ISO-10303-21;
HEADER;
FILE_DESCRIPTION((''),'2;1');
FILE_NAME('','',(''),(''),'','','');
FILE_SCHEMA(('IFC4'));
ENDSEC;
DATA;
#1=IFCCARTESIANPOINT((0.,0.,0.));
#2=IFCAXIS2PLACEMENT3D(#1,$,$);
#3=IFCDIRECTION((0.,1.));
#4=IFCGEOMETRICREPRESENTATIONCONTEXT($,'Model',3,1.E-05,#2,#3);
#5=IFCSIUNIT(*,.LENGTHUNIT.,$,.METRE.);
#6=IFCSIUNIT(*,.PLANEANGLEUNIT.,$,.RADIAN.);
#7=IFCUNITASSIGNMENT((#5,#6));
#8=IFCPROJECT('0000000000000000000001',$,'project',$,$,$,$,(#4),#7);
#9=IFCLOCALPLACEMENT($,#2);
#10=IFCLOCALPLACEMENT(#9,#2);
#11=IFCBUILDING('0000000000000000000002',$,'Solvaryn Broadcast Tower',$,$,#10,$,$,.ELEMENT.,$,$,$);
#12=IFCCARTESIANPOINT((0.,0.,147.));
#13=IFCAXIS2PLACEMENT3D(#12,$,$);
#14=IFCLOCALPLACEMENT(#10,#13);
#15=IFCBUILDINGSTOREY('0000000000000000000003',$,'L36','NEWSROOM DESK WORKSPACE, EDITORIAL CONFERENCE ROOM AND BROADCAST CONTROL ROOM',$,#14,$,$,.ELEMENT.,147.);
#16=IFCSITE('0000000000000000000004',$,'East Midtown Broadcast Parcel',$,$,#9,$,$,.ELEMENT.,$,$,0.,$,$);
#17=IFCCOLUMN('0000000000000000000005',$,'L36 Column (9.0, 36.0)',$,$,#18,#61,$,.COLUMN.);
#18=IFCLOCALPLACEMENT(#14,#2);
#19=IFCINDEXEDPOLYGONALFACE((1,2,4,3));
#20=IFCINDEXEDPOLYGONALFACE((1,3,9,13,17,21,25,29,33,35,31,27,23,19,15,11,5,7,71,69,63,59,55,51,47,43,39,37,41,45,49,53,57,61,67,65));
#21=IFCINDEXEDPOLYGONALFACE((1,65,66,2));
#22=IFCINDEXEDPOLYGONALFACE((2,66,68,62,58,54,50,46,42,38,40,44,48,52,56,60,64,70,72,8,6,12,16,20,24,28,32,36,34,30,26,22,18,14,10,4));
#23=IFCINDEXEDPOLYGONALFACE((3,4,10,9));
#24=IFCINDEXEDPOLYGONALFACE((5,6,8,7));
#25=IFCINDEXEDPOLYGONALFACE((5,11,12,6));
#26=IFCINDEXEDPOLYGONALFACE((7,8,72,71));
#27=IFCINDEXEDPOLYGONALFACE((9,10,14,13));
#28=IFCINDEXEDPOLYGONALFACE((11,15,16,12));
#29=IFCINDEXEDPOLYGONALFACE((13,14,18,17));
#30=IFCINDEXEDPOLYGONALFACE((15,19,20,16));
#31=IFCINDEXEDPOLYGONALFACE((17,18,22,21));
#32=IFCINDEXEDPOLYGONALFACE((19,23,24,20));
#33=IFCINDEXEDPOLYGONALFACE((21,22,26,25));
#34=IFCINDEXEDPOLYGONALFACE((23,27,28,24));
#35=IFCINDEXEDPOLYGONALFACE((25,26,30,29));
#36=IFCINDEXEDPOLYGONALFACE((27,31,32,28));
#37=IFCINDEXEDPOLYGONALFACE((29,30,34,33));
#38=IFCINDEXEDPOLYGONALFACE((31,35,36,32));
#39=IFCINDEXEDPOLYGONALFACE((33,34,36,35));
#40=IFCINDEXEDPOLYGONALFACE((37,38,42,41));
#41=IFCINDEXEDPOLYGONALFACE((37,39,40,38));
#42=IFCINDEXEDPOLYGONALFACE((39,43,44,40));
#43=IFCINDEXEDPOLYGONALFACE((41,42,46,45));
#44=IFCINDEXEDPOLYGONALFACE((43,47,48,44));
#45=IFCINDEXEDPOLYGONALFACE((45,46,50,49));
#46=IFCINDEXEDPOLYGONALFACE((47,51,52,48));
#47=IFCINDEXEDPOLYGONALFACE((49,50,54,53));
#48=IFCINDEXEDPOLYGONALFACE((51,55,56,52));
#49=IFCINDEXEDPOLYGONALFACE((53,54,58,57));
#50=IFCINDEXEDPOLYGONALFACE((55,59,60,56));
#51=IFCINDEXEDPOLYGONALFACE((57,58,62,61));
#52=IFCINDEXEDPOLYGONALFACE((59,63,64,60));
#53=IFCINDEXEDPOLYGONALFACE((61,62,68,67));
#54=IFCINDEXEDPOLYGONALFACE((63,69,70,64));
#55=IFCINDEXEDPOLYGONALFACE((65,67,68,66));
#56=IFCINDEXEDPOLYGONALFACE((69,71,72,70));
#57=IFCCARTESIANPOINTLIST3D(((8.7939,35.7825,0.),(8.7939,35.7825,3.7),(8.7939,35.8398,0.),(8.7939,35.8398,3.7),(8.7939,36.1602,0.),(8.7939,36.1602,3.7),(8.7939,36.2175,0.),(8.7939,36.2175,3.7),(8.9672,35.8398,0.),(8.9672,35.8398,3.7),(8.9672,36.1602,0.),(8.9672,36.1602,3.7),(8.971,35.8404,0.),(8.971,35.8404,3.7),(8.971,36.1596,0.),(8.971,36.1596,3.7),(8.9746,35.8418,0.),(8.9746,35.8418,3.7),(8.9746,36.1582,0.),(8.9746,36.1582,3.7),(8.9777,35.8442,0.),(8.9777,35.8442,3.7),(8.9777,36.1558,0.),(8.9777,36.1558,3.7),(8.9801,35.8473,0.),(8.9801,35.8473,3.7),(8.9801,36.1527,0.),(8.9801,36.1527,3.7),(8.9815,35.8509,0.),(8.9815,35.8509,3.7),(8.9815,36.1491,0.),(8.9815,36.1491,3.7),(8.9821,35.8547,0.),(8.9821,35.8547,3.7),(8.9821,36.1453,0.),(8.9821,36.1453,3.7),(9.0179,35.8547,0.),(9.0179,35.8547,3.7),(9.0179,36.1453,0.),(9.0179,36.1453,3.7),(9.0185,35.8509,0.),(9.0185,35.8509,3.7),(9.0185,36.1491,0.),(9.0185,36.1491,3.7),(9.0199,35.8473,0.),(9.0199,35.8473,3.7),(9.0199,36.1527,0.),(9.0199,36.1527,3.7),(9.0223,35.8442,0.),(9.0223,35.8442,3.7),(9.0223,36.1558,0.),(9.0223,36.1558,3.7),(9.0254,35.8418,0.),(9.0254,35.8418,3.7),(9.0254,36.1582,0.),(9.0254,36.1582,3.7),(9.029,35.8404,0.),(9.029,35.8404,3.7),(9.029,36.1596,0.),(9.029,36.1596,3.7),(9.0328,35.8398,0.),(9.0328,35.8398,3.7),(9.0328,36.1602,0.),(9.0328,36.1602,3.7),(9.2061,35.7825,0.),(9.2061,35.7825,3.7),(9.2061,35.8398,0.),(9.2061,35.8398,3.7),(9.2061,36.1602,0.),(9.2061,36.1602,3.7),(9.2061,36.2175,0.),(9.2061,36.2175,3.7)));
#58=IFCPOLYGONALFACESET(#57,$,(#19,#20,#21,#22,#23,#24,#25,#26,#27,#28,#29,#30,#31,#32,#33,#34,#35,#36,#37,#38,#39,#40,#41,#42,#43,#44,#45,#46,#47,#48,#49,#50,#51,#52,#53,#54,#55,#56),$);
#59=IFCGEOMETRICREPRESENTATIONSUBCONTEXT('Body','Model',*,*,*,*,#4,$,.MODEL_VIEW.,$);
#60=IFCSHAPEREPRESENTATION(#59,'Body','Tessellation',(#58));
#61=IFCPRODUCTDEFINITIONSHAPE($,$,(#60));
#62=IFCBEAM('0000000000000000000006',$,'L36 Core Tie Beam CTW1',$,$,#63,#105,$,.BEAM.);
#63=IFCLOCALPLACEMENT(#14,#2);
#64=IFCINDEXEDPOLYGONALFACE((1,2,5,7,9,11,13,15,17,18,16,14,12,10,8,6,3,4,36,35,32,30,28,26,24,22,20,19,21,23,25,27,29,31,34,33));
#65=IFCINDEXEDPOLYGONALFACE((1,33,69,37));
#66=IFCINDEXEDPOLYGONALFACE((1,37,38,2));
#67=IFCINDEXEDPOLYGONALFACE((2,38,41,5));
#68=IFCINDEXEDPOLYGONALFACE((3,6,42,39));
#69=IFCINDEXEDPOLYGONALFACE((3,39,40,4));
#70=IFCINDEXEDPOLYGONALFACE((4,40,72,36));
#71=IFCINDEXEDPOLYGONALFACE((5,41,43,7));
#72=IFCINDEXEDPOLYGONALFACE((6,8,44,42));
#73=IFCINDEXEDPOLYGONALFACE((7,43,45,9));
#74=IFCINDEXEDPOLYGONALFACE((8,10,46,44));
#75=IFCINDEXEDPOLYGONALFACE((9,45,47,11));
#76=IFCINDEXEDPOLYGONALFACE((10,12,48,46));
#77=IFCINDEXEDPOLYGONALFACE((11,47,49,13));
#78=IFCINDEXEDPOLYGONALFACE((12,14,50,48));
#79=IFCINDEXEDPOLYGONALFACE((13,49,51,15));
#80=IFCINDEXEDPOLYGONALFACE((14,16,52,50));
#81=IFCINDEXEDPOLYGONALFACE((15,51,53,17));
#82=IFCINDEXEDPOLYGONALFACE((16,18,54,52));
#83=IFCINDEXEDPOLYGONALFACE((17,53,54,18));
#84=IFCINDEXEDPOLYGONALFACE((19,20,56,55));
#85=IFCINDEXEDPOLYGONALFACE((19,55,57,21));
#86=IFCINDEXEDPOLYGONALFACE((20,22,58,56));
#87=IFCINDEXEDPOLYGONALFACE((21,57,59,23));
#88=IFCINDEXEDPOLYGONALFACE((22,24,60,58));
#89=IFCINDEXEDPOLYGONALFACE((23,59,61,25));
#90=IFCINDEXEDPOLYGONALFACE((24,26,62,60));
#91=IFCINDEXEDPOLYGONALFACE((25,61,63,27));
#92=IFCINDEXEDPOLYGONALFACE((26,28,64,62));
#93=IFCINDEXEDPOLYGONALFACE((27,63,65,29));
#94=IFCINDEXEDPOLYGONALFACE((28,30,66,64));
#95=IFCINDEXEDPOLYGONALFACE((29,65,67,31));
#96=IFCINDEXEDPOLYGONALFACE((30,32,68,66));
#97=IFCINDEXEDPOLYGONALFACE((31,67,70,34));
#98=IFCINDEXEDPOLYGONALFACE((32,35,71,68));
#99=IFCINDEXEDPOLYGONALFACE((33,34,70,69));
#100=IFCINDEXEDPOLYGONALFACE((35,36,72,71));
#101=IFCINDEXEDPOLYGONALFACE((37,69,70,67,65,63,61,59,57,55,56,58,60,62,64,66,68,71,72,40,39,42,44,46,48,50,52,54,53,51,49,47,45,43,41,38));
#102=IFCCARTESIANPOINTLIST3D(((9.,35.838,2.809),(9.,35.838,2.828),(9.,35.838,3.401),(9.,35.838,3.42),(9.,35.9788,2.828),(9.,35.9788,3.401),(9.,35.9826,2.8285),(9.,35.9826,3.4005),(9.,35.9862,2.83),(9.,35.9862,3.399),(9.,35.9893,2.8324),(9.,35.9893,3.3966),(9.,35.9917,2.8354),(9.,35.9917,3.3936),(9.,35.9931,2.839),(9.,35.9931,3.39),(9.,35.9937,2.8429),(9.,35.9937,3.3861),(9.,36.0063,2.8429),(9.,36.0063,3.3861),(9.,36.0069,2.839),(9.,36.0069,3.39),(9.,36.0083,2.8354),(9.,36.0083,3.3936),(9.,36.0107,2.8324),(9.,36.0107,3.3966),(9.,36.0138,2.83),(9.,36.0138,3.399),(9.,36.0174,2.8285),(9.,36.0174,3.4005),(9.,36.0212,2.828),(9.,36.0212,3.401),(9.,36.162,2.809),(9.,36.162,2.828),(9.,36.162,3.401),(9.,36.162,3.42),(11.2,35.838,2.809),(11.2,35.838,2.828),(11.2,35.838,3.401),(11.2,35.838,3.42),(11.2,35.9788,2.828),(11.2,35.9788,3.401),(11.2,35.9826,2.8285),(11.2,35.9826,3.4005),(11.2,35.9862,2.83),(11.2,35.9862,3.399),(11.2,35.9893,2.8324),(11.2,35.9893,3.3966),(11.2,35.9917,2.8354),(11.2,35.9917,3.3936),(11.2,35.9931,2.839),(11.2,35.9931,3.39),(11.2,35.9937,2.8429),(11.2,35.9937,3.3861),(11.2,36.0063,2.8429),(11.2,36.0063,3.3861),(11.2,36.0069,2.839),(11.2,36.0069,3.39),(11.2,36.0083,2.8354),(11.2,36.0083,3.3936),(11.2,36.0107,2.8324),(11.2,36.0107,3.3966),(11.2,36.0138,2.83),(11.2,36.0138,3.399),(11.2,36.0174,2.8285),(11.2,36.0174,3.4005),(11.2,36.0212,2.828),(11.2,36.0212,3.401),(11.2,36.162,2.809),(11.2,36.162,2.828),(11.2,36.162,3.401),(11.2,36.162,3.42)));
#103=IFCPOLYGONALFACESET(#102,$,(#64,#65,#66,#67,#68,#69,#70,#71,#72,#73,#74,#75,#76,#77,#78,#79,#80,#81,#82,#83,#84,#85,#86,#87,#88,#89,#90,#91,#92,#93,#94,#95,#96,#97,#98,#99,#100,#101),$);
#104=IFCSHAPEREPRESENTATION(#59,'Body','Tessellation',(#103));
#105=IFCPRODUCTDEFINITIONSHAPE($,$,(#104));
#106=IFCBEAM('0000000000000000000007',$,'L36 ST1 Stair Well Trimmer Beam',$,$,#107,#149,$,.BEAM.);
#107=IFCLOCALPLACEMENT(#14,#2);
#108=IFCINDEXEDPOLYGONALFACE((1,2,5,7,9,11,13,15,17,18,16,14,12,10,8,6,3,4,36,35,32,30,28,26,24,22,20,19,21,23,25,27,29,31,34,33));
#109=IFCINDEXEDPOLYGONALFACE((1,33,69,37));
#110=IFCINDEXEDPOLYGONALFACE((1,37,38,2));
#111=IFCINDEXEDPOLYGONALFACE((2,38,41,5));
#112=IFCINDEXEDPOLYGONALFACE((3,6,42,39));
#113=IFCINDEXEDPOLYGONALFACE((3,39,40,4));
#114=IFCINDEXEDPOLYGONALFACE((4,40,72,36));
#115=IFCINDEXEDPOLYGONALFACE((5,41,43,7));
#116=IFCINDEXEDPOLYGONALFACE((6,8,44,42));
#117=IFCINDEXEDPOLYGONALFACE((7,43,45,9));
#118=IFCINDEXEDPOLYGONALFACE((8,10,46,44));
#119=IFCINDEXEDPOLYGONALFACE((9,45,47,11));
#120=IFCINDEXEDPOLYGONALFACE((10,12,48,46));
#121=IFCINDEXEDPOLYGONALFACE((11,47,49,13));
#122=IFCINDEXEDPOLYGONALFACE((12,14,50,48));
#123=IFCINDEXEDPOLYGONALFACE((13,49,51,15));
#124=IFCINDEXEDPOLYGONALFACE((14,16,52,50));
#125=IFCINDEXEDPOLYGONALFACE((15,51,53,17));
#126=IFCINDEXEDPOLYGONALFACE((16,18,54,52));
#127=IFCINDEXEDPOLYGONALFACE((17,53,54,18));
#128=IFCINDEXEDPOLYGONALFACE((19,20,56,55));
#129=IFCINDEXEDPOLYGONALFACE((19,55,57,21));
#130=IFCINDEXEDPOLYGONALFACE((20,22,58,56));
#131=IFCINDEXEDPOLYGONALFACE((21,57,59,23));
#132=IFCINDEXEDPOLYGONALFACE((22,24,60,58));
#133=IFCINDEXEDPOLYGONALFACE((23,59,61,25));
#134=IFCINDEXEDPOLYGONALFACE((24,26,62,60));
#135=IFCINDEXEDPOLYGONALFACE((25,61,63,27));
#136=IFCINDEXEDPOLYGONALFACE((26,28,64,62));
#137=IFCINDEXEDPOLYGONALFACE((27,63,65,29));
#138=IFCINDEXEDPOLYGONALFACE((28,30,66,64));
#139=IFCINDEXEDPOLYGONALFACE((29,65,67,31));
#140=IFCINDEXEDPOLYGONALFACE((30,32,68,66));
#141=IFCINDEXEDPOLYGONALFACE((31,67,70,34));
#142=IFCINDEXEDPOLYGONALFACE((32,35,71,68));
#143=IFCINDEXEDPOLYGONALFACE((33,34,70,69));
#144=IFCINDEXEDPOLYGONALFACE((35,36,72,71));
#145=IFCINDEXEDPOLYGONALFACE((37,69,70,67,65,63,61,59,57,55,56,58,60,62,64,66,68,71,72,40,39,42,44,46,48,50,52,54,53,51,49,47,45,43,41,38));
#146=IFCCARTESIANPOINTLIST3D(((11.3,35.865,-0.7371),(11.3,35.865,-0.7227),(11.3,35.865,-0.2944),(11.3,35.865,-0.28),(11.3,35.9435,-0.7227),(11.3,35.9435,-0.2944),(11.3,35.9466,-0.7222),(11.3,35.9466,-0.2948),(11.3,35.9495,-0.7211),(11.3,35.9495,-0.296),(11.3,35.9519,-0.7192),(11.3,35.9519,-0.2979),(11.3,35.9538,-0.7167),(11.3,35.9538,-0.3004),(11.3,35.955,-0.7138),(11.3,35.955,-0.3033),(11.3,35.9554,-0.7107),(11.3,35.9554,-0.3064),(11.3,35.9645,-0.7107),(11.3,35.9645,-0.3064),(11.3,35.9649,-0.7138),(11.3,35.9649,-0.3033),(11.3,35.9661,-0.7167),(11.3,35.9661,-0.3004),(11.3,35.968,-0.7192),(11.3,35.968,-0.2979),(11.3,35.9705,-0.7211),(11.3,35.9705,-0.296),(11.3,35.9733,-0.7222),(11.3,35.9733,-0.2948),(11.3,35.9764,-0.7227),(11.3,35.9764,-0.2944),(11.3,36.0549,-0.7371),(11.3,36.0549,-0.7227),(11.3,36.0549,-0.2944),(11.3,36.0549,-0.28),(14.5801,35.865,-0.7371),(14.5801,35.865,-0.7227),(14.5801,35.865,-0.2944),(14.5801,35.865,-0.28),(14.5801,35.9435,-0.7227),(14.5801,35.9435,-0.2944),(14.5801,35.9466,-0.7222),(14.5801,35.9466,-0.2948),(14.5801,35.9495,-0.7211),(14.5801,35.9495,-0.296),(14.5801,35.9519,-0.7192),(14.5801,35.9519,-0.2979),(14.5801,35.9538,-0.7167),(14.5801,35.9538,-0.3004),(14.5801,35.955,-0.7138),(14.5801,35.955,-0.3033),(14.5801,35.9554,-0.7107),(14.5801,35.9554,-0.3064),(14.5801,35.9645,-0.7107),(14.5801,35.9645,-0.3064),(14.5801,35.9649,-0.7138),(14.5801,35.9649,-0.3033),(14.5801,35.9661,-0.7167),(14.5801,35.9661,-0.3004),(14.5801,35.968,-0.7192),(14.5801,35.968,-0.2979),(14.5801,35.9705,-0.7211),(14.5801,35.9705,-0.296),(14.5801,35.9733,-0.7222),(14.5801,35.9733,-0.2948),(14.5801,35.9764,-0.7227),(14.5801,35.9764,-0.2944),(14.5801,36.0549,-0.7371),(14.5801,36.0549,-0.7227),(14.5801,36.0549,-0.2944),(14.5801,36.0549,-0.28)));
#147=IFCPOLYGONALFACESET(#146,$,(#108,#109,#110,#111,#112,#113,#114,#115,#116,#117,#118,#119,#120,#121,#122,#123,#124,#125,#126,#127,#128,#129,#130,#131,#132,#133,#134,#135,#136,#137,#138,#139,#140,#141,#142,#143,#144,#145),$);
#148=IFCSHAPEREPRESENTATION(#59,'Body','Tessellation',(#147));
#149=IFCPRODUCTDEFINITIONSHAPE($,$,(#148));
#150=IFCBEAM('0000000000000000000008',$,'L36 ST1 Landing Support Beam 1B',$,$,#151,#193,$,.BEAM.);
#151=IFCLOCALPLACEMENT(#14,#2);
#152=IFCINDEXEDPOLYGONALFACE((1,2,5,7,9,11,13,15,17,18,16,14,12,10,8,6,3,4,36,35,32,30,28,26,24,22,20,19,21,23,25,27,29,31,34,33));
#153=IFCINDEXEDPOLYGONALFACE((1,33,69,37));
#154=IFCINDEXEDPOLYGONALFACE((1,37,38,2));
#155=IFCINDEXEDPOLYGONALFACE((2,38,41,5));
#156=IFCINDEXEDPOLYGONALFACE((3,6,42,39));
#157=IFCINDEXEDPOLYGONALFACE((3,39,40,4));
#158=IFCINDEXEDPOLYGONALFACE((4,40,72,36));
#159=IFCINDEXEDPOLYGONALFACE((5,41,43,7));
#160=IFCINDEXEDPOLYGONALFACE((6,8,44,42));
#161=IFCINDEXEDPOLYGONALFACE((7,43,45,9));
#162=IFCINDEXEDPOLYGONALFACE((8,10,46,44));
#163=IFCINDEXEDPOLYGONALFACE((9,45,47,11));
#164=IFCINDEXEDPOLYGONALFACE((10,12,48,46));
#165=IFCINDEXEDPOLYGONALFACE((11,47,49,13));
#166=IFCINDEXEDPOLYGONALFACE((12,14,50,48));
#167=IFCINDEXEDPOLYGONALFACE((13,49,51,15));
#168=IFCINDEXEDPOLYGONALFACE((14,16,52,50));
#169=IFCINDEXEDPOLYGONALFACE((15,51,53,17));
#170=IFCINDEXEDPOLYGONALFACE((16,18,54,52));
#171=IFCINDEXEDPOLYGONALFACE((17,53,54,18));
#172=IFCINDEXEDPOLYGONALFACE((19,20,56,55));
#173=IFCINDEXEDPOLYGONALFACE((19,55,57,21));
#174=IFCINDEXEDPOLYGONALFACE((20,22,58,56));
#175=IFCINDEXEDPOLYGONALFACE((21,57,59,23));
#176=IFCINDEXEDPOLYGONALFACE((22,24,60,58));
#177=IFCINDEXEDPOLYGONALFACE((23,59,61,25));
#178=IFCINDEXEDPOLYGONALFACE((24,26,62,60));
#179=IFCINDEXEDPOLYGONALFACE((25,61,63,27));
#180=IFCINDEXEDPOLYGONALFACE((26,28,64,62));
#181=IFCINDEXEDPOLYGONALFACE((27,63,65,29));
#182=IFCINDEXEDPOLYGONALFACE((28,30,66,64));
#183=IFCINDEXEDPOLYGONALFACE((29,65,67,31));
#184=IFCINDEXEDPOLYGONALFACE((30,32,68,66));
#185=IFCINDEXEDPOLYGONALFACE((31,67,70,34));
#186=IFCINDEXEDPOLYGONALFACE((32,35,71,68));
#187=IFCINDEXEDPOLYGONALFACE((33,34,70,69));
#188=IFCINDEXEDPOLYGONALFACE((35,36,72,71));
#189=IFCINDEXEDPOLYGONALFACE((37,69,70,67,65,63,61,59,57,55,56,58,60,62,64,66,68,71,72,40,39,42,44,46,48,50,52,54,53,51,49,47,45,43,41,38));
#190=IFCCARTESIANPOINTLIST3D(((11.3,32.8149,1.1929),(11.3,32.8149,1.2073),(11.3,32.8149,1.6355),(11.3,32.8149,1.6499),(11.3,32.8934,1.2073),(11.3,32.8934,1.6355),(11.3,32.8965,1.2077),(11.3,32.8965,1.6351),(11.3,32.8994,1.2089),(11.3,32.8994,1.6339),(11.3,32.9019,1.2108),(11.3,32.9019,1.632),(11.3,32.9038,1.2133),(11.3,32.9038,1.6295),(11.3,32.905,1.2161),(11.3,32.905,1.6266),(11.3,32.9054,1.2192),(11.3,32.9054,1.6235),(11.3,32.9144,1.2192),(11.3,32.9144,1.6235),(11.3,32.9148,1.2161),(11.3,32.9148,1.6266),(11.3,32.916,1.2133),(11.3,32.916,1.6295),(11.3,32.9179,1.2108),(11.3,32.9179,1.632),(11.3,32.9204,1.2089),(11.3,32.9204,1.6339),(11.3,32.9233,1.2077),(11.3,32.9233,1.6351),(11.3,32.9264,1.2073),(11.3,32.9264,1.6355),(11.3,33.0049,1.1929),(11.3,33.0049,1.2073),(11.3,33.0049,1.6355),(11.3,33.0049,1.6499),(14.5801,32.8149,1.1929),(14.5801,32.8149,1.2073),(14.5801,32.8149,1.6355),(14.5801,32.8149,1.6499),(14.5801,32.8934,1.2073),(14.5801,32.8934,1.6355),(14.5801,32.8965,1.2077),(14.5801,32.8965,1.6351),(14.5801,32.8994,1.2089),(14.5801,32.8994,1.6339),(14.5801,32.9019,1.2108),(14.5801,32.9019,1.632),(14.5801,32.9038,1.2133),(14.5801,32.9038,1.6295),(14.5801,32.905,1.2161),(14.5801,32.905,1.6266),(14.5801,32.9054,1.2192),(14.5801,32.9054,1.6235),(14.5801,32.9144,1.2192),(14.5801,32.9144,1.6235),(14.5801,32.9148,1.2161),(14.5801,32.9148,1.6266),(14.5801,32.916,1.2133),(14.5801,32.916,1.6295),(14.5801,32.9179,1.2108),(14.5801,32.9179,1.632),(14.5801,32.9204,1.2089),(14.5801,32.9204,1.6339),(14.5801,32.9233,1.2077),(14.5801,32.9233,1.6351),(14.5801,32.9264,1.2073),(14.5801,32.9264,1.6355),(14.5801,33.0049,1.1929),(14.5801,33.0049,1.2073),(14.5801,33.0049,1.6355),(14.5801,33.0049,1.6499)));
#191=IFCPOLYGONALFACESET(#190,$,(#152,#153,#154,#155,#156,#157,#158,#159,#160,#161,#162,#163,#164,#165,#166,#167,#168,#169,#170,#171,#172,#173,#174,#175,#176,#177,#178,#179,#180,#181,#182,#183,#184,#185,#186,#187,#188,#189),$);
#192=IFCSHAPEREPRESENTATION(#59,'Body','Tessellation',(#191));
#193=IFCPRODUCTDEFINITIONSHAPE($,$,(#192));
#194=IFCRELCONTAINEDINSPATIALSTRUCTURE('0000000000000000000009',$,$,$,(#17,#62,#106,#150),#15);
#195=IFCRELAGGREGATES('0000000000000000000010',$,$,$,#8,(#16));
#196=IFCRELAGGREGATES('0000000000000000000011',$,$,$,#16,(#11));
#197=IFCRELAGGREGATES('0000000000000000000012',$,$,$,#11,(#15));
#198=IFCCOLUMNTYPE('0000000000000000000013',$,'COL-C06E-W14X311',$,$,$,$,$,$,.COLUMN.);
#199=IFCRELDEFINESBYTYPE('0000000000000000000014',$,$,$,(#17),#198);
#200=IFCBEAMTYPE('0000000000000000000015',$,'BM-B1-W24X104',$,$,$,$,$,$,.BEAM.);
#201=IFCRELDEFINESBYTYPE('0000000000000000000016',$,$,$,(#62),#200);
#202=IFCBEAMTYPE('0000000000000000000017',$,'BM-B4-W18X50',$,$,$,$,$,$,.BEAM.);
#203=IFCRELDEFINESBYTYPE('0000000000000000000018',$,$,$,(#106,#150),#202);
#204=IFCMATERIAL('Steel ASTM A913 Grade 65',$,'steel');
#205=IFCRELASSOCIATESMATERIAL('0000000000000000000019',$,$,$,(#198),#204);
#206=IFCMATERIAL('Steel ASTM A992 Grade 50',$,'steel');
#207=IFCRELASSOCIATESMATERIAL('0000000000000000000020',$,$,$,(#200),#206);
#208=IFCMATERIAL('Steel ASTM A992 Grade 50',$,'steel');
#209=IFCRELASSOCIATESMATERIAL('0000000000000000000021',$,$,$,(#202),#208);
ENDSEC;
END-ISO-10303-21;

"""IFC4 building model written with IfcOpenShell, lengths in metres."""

from ifc_helpers import new_model, si_unit, direction, frame, origin, origin_2d, place, context, subcontext, project, spatial, i_section, extrude, material, material_profile, profile_set, type_object, element, save


model = new_model("IFC4")

# Units and contexts
model_context = context("Model", 3, precision=1e-05, world=origin(), true_north=direction((0.0, 1.0)))
body_context = subcontext(model_context, "Body", "Model", "MODEL_VIEW")
ifc_project = project(units=[si_unit("LENGTHUNIT", "METRE"), si_unit("PLANEANGLEUNIT", "RADIAN")], contexts=[model_context])

# Site, building, storey
site_placement = place(None, origin())
site = spatial("IfcSite", under=ifc_project, at=site_placement, Name="East Midtown Broadcast Parcel", CompositionType="ELEMENT", RefElevation=0.0)
building_placement = place(site_placement, origin())
building = spatial("IfcBuilding", under=site, at=building_placement, Name="Solvaryn Broadcast Tower", CompositionType="ELEMENT")
storey_placement = place(building_placement, frame((0.0, 0.0, 147.0)))
storey = spatial("IfcBuildingStorey", under=building, at=storey_placement, Name="L36", Description="NEWSROOM DESK WORKSPACE, EDITORIAL CONFERENCE ROOM AND BROADCAST CONTROL ROOM", CompositionType="ELEMENT", Elevation=147.0)

# Column
ifc_material_1 = material(Name="Steel ASTM A913 Grade 65", Category="steel")
ifc_material_profile_1 = material_profile(ifc_material_1, i_section(OverallWidth=0.4121, OverallDepth=0.4351, WebThickness=0.0359, FlangeThickness=0.0574, FilletRadius=0.0149, at=origin_2d()))
ifc_profile_set_1 = profile_set([ifc_material_profile_1], Name="Steel ASTM A913 Grade 65")
column_type = type_object("IfcColumnType", Name="COL-C06E-W14X311", PredefinedType="COLUMN", material=ifc_profile_set_1)
column_placement = place(storey_placement, frame((9.0, 36.0, 0.0), z_axis=(0.0, 0.0, 1.0), x_axis=(1.0, 0.0, 0.0)))
element("IfcColumn", 1, at=column_placement, inside=storey, type_object=column_type, Name="L36 Column (9.0, 36.0)", PredefinedType="COLUMN", context=body_context, shape_type="SweptSolid", body=[
    extrude(i_section(OverallWidth=0.4121, OverallDepth=0.4351, WebThickness=0.0359, FlangeThickness=0.0574, FilletRadius=0.0149, at=origin_2d()), origin(), (0.0, 0.0, 1.0), 3.7),
])

# Beams
ifc_material_2 = material(Name="Steel ASTM A992 Grade 50", Category="steel")
ifc_material_profile_2 = material_profile(ifc_material_2, i_section(OverallWidth=0.324, OverallDepth=0.6111, WebThickness=0.0127, FlangeThickness=0.019, FilletRadius=0.0149, at=origin_2d()))
ifc_profile_set_2 = profile_set([ifc_material_profile_2], Name="Steel ASTM A992 Grade 50")
beam_type_1 = type_object("IfcBeamType", Name="BM-B1-W24X104", PredefinedType="BEAM", material=ifc_profile_set_2)
beam_1_placement = place(storey_placement, frame((9.0, 36.0, 3.1145), z_axis=(1.0, 0.0, 0.0), x_axis=(0.0, 1.0, 0.0)))
element("IfcBeam", 2, at=beam_1_placement, inside=storey, type_object=beam_type_1, Name="L36 Core Tie Beam CTW1", PredefinedType="BEAM", context=body_context, shape_type="SweptSolid", body=[
    extrude(i_section(OverallWidth=0.324, OverallDepth=0.6111, WebThickness=0.0127, FlangeThickness=0.019, FilletRadius=0.0149, at=origin_2d()), origin(), (0.0, 0.0, 1.0), 2.2),
])
ifc_material_3 = material(Name="Steel ASTM A992 Grade 50", Category="steel")
ifc_material_profile_3 = material_profile(ifc_material_3, i_section(OverallWidth=0.1899, OverallDepth=0.457, WebThickness=0.009, FlangeThickness=0.0144, FilletRadius=0.012, at=origin_2d()))
ifc_profile_set_3 = profile_set([ifc_material_profile_3], Name="Steel ASTM A992 Grade 50")
beam_type_2 = type_object("IfcBeamType", Name="BM-B4-W18X50", PredefinedType="BEAM", material=ifc_profile_set_3)
for number, where, z_axis, x_axis, name in (
    (3, (11.3, 35.96, -0.5085), (1.0, 0.0, 0.0), (0.0, 1.0, 0.0), "L36 ST1 Stair Well Trimmer Beam"),
    (4, (11.3, 32.9099, 1.4214), (1.0, 0.0, 0.0), (0.0, 1.0, 0.0), "L36 ST1 Landing Support Beam 1B"),
):
    element("IfcBeam", number, at=place(storey_placement, frame(where, z_axis=z_axis, x_axis=x_axis)), inside=storey, type_object=beam_type_2, Name=name, PredefinedType="BEAM", context=body_context, shape_type="SweptSolid", body=[
        extrude(i_section(OverallWidth=0.1899, OverallDepth=0.457, WebThickness=0.009, FlangeThickness=0.0144, FilletRadius=0.012, at=origin_2d()), origin(), (0.0, 0.0, 1.0), 3.28),
    ])

save(model, "model.ifc")
